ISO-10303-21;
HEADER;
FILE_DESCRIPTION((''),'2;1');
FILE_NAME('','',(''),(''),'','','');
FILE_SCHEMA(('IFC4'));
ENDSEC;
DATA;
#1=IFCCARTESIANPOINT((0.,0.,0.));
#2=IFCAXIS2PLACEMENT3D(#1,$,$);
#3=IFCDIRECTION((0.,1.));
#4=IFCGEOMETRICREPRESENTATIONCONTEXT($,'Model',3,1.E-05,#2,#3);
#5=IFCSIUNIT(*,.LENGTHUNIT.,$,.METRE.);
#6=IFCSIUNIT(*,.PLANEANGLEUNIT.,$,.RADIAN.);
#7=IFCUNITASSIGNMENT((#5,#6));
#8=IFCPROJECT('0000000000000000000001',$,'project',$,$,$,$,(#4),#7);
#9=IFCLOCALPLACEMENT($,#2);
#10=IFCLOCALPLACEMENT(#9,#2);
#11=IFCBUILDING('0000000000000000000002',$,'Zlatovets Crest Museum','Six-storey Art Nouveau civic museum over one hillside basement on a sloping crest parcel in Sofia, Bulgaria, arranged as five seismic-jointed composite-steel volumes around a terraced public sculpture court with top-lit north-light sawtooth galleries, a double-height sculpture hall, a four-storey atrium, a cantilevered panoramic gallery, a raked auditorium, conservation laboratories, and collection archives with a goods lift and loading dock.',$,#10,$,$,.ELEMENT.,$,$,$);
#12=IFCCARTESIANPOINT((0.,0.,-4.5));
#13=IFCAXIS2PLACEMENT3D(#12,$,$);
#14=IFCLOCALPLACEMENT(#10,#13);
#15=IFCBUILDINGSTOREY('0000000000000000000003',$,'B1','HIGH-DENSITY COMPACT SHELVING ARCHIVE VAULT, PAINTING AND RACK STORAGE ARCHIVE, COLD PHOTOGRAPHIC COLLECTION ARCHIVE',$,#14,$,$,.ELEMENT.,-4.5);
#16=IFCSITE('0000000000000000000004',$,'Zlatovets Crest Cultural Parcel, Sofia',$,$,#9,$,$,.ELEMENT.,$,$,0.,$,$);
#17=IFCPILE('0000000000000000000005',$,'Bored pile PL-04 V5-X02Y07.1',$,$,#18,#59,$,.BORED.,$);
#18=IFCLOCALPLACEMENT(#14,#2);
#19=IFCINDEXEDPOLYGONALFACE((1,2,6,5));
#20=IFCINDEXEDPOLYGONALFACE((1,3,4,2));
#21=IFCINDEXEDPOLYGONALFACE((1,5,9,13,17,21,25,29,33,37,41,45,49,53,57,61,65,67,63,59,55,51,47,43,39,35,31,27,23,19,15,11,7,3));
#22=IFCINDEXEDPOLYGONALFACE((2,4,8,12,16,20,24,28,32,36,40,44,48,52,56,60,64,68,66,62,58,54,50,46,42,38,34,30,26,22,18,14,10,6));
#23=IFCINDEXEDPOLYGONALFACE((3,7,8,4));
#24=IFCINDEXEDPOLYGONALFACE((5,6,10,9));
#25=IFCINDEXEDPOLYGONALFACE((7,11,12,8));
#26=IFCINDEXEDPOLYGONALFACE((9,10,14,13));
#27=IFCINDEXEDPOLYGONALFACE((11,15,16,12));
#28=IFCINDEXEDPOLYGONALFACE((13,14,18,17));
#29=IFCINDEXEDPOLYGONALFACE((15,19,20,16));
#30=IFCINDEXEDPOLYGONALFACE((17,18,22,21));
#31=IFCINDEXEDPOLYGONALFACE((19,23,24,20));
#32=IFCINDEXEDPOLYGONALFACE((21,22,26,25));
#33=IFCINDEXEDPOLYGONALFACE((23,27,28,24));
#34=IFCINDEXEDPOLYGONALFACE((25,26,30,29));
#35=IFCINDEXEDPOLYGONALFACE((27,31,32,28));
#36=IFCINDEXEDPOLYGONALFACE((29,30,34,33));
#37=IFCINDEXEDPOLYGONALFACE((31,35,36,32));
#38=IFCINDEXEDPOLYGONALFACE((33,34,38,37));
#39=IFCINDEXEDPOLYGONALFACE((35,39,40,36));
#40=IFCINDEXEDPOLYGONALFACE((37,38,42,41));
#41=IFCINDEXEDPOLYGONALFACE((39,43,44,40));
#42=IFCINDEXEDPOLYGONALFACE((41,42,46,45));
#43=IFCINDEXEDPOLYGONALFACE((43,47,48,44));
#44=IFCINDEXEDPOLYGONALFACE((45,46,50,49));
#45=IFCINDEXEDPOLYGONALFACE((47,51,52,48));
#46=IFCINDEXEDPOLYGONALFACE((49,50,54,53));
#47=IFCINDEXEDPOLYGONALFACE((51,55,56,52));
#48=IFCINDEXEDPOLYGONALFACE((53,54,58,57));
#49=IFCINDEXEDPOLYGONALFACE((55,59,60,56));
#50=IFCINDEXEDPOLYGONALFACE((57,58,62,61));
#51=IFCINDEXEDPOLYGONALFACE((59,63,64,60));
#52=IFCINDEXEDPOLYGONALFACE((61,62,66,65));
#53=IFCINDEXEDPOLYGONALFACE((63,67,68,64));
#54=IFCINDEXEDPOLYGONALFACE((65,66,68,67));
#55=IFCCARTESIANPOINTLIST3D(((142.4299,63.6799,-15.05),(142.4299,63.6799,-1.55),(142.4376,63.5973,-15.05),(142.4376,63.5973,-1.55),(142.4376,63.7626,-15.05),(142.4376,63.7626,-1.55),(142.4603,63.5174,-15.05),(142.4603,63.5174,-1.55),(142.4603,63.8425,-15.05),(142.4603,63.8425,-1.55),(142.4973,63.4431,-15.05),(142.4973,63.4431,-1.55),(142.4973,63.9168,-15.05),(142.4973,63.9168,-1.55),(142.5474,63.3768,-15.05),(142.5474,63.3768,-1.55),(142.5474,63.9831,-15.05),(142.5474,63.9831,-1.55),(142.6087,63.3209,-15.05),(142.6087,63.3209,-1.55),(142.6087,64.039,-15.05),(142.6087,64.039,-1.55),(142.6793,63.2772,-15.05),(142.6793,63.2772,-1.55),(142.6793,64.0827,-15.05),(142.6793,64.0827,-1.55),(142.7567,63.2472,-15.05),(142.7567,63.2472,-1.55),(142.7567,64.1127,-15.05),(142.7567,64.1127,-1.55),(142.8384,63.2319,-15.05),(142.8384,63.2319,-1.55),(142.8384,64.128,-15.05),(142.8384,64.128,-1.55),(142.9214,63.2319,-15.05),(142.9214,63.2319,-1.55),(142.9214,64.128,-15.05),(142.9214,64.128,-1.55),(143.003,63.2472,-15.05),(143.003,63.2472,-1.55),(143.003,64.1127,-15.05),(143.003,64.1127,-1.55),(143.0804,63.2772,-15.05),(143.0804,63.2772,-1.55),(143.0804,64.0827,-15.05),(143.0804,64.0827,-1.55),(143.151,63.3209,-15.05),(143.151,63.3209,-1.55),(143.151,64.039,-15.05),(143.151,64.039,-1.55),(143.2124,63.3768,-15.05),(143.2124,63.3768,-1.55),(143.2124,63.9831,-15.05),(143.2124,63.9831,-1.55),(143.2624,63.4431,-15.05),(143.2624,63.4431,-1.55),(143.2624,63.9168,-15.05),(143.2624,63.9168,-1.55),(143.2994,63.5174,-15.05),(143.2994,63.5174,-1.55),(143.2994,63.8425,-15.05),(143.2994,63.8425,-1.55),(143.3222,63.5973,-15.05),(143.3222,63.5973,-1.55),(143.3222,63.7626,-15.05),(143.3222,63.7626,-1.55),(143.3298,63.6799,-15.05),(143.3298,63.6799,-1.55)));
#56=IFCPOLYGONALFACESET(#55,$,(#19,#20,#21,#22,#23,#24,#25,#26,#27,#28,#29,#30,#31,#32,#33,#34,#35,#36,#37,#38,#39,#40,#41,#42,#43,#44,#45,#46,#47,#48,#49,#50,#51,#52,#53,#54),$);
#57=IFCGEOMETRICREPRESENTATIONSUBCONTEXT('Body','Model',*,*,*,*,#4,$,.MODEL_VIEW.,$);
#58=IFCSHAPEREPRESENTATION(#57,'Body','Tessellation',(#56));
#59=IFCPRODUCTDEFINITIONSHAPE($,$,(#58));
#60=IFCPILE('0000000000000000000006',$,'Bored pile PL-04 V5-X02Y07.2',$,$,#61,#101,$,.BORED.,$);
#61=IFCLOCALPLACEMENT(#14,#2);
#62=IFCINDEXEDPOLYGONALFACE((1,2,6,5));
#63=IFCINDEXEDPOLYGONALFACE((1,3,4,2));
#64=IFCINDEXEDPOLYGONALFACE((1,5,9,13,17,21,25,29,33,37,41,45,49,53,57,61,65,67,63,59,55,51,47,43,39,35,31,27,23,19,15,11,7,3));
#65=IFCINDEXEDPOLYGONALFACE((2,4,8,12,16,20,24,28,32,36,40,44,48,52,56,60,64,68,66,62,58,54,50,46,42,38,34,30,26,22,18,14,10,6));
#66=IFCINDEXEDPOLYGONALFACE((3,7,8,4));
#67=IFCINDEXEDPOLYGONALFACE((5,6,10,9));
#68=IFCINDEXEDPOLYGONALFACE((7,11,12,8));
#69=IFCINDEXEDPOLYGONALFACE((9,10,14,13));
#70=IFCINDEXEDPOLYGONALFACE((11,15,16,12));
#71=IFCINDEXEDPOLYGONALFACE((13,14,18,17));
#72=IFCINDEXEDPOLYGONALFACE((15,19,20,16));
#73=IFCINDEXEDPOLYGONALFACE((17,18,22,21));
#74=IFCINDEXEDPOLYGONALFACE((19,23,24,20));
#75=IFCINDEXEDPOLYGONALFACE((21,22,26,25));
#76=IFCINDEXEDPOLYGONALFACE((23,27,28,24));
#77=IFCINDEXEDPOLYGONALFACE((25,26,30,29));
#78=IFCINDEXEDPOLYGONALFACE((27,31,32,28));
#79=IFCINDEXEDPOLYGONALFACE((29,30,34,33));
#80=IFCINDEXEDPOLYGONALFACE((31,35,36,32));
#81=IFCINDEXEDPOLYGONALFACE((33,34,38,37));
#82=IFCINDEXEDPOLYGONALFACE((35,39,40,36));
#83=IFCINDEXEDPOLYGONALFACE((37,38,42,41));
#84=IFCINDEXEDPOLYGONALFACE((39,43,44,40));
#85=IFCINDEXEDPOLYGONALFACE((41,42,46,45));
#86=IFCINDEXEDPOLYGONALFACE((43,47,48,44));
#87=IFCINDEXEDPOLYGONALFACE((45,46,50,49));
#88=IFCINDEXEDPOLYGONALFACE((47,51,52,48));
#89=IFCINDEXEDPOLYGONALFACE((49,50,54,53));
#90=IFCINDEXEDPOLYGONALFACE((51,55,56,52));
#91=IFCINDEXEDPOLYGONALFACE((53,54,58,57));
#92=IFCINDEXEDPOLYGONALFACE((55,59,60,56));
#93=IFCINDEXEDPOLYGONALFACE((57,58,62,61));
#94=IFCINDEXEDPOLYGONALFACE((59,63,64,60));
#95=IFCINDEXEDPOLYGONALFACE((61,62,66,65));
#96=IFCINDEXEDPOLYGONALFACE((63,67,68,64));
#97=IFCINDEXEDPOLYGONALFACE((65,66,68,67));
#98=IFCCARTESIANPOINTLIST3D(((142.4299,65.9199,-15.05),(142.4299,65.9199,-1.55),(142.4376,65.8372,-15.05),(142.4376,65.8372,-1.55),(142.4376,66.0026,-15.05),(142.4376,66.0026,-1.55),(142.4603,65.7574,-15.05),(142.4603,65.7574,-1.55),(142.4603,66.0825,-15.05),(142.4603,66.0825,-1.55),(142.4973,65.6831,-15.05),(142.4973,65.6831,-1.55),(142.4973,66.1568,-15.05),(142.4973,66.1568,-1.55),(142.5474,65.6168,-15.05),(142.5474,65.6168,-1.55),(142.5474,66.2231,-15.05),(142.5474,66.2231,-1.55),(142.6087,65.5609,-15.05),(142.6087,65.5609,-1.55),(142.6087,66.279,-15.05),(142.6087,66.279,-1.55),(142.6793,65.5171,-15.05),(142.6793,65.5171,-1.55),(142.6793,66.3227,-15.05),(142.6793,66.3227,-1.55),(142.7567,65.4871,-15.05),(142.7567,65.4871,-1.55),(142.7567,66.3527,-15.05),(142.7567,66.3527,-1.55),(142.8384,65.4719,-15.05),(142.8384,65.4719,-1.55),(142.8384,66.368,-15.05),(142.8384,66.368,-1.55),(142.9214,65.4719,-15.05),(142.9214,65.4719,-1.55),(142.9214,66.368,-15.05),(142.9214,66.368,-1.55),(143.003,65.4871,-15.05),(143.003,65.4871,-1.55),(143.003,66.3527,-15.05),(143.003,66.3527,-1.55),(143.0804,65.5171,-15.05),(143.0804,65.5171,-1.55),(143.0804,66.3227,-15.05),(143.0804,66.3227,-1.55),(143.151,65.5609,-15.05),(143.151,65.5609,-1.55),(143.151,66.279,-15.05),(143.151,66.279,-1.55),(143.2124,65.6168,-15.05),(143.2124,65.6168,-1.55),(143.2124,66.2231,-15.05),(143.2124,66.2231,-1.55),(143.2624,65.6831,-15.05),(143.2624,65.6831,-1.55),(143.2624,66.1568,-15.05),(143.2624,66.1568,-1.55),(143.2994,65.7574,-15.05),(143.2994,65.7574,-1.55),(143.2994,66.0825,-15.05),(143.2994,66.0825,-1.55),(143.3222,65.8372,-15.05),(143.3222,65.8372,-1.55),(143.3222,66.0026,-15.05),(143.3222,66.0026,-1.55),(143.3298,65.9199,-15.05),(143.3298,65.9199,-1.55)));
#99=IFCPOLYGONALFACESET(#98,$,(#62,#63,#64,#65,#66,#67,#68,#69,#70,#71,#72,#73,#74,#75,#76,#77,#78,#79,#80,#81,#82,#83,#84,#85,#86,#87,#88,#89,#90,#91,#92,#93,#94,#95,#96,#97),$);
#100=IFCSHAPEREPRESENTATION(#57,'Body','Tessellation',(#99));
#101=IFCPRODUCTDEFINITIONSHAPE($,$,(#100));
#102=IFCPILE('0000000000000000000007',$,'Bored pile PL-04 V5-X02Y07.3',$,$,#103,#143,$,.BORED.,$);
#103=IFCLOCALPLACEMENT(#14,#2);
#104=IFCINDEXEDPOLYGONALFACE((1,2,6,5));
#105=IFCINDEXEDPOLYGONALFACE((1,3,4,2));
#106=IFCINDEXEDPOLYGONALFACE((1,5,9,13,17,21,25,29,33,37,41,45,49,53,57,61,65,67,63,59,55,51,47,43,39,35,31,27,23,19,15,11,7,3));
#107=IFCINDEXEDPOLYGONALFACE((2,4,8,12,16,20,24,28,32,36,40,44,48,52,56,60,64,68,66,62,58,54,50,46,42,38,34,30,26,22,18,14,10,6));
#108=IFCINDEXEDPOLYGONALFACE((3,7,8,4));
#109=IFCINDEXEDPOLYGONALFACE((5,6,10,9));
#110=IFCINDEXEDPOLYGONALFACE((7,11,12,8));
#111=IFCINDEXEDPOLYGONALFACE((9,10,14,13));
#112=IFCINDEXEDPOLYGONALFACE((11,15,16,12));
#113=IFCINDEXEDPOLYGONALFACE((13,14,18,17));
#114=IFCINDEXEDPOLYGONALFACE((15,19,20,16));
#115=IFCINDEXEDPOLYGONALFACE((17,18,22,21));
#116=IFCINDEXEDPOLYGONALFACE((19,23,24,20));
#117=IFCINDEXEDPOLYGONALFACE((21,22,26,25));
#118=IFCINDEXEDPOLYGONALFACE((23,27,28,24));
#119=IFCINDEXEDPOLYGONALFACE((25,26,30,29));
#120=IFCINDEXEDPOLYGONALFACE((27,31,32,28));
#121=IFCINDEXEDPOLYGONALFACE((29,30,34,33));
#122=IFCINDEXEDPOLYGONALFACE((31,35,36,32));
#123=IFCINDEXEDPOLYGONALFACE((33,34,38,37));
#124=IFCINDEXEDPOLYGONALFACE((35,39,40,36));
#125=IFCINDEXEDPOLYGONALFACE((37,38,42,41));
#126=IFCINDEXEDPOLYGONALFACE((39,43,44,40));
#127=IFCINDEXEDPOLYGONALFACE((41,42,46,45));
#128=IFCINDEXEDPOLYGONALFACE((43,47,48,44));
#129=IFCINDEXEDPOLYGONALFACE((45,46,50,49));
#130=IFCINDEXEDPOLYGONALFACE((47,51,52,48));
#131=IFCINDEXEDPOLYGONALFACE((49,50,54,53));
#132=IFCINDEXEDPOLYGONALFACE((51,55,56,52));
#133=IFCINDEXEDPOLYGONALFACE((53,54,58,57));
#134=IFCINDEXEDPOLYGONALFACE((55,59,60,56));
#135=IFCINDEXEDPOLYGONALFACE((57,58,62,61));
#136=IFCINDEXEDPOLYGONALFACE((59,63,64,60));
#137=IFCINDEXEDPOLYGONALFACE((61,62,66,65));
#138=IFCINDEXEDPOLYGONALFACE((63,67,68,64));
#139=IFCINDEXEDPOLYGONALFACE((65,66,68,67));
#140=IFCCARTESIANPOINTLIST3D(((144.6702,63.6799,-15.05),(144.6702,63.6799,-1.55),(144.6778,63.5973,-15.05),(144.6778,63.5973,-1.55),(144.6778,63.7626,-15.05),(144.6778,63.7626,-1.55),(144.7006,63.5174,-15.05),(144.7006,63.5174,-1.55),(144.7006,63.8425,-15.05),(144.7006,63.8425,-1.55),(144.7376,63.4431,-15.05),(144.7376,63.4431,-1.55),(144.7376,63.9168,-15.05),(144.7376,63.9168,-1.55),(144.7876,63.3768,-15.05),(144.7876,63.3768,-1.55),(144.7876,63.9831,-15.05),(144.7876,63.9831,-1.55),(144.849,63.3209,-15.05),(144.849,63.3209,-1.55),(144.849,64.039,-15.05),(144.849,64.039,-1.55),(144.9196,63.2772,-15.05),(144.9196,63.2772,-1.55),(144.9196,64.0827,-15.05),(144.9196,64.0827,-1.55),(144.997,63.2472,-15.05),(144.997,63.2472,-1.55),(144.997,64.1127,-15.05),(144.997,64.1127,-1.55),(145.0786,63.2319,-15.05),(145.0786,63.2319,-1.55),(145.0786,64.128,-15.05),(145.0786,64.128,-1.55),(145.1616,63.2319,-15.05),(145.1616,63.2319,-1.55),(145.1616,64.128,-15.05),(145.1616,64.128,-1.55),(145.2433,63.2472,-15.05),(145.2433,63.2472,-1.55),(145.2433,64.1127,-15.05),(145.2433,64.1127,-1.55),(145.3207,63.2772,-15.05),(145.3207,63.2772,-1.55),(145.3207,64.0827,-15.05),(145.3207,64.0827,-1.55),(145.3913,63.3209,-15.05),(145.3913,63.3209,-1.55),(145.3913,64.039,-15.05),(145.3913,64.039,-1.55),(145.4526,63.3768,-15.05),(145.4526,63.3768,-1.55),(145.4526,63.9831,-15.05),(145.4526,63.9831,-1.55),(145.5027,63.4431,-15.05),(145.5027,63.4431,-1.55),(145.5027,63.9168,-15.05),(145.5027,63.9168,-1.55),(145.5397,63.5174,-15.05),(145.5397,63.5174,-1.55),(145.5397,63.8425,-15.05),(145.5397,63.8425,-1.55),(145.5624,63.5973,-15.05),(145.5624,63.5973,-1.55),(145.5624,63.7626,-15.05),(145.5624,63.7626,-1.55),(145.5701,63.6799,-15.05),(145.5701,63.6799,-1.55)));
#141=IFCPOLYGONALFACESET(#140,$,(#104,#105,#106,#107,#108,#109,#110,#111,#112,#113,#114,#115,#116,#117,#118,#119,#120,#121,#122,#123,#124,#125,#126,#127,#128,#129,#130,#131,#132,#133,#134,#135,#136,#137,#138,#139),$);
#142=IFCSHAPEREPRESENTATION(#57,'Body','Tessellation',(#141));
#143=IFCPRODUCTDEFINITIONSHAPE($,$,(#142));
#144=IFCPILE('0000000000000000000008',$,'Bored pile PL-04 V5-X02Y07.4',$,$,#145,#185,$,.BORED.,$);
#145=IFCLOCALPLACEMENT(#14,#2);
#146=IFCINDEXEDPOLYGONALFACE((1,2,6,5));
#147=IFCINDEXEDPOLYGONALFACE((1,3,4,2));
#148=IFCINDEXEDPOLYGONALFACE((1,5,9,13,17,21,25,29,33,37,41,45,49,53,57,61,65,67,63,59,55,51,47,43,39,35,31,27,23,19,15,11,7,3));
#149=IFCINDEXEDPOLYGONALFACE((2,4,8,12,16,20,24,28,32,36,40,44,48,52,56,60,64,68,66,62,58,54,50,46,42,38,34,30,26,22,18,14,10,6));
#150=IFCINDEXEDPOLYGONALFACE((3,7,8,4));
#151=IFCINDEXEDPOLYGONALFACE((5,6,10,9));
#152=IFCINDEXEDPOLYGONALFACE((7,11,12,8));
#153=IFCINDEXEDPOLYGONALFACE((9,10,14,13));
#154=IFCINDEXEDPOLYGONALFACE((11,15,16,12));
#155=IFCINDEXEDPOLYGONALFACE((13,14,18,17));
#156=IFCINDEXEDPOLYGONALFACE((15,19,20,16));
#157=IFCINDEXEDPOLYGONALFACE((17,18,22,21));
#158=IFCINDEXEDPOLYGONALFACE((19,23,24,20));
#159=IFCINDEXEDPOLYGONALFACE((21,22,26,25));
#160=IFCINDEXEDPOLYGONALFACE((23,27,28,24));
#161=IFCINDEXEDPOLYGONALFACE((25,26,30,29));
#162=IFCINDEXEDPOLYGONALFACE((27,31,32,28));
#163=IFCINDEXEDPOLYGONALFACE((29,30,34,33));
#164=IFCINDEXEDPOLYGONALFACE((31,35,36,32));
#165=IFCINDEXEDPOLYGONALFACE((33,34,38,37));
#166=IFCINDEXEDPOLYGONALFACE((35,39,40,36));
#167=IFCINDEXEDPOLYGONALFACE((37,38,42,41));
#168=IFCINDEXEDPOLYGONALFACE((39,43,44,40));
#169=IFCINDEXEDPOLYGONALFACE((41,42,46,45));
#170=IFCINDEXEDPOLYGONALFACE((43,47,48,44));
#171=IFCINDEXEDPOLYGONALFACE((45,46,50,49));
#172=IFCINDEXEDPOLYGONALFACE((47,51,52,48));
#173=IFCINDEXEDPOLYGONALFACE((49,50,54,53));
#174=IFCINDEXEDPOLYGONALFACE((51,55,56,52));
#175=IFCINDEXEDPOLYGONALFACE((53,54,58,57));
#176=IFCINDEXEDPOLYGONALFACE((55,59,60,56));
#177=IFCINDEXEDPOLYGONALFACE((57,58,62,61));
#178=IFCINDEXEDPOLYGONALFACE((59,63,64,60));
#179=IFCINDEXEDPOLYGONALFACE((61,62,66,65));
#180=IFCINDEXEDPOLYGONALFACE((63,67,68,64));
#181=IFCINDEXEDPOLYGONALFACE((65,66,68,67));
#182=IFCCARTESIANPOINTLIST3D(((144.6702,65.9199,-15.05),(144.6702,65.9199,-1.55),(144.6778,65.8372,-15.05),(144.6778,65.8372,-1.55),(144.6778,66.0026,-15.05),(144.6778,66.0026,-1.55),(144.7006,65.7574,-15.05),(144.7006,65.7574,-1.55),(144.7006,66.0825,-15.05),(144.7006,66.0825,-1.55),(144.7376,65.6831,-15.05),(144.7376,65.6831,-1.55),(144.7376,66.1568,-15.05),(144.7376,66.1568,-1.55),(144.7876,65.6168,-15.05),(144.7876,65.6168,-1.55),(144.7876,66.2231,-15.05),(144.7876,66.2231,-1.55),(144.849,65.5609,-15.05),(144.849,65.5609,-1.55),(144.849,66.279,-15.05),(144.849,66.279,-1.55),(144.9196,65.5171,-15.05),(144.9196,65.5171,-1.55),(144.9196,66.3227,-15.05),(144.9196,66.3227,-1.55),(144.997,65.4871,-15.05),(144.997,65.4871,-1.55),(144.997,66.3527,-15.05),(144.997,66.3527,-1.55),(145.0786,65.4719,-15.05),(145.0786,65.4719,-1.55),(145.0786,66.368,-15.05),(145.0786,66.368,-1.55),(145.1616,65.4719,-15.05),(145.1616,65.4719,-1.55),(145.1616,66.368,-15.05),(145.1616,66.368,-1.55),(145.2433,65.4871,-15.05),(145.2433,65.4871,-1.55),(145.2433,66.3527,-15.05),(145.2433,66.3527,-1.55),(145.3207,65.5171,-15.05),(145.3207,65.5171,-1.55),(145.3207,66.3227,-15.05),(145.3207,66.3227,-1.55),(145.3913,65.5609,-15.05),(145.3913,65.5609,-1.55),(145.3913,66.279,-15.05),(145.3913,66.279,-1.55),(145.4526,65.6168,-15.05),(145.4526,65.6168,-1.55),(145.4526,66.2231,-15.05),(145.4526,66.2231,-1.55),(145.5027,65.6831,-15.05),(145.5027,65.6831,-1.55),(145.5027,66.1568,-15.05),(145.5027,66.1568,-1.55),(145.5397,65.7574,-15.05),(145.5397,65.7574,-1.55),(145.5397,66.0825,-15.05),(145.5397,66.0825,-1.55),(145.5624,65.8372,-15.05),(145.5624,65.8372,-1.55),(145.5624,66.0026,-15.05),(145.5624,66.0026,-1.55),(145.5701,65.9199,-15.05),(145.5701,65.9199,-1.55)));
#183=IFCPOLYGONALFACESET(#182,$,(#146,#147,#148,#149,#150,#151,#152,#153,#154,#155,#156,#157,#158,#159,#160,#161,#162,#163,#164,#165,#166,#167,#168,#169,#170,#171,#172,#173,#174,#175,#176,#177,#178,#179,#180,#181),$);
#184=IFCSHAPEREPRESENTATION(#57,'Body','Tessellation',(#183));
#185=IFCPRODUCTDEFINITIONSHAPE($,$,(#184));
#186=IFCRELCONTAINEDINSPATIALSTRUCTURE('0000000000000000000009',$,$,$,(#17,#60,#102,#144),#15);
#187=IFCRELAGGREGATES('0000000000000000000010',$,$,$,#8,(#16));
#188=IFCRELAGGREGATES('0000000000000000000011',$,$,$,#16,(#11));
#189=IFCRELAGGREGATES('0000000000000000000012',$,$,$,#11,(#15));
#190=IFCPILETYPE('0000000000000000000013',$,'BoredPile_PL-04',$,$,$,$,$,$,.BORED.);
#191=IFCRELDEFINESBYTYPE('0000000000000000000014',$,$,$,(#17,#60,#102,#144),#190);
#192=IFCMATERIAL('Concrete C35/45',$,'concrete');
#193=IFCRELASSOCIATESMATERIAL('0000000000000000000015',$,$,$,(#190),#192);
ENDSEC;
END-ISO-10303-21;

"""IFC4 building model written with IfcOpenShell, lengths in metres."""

from ifc_helpers import new_model, si_unit, direction, frame, origin, origin_2d, place, context, subcontext, project, spatial, circle, extrude, material, material_profile, profile_set, type_object, element, save


model = new_model("IFC4")

# Units and contexts
model_context = context("Model", 3, precision=1e-05, world=origin(), true_north=direction((0.0, 1.0)))
body_context = subcontext(model_context, "Body", "Model", "MODEL_VIEW")
ifc_project = project(units=[si_unit("LENGTHUNIT", "METRE"), si_unit("PLANEANGLEUNIT", "RADIAN")], contexts=[model_context])

# Site, building, storey
site_placement = place(None, origin())
site = spatial("IfcSite", under=ifc_project, at=site_placement, Name="Zlatovets Crest Cultural Parcel, Sofia", CompositionType="ELEMENT", RefElevation=0.0)
building_placement = place(site_placement, origin())
building = spatial("IfcBuilding", under=site, at=building_placement, Name="Zlatovets Crest Museum", Description="Six-storey Art Nouveau civic museum over one hillside basement on a sloping crest parcel in Sofia, Bulgaria, arranged as five seismic-jointed composite-steel volumes around a terraced public sculpture court with top-lit north-light sawtooth galleries, a double-height sculpture hall, a four-storey atrium, a cantilevered panoramic gallery, a raked auditorium, conservation laboratories, and collection archives with a goods lift and loading dock.", CompositionType="ELEMENT")
storey_placement = place(building_placement, frame((0.0, 0.0, -4.5)))
storey = spatial("IfcBuildingStorey", under=building, at=storey_placement, Name="B1", Description="HIGH-DENSITY COMPACT SHELVING ARCHIVE VAULT, PAINTING AND RACK STORAGE ARCHIVE, COLD PHOTOGRAPHIC COLLECTION ARCHIVE", CompositionType="ELEMENT", Elevation=-4.5)

# Piles
ifc_material = material(Name="Concrete C35/45", Category="concrete")
ifc_material_profile_1 = material_profile(ifc_material, circle(Radius=0.45, at=origin_2d()), Name="PILE D900")
ifc_profile_set_1 = profile_set([ifc_material_profile_1], Name="Concrete C35/45")
pile_type = type_object("IfcPileType", Name="BoredPile_PL-04", PredefinedType="BORED", material=ifc_profile_set_1)
for number, where, z_axis, x_axis, name in (
    (1, (142.8799, 63.6799, -1.55), (0.0, 0.0, -1.0), (1.0, 0.0, 0.0), "Bored pile PL-04 V5-X02Y07.1"),
    (2, (142.8799, 65.9199, -1.55), (0.0, 0.0, -1.0), (1.0, 0.0, 0.0), "Bored pile PL-04 V5-X02Y07.2"),
    (3, (145.1201, 63.6799, -1.55), (0.0, 0.0, -1.0), (1.0, 0.0, 0.0), "Bored pile PL-04 V5-X02Y07.3"),
    (4, (145.1201, 65.9199, -1.55), (0.0, 0.0, -1.0), (1.0, 0.0, 0.0), "Bored pile PL-04 V5-X02Y07.4"),
):
    element("IfcPile", number, at=place(storey_placement, frame(where, z_axis=z_axis, x_axis=x_axis)), inside=storey, type_object=pile_type, Name=name, PredefinedType="BORED", context=body_context, shape_type="SweptSolid", body=[
        extrude(circle(Radius=0.45, at=origin_2d()), origin(), (0.0, 0.0, 1.0), 13.5),
    ])

save(model, "model.ifc")
